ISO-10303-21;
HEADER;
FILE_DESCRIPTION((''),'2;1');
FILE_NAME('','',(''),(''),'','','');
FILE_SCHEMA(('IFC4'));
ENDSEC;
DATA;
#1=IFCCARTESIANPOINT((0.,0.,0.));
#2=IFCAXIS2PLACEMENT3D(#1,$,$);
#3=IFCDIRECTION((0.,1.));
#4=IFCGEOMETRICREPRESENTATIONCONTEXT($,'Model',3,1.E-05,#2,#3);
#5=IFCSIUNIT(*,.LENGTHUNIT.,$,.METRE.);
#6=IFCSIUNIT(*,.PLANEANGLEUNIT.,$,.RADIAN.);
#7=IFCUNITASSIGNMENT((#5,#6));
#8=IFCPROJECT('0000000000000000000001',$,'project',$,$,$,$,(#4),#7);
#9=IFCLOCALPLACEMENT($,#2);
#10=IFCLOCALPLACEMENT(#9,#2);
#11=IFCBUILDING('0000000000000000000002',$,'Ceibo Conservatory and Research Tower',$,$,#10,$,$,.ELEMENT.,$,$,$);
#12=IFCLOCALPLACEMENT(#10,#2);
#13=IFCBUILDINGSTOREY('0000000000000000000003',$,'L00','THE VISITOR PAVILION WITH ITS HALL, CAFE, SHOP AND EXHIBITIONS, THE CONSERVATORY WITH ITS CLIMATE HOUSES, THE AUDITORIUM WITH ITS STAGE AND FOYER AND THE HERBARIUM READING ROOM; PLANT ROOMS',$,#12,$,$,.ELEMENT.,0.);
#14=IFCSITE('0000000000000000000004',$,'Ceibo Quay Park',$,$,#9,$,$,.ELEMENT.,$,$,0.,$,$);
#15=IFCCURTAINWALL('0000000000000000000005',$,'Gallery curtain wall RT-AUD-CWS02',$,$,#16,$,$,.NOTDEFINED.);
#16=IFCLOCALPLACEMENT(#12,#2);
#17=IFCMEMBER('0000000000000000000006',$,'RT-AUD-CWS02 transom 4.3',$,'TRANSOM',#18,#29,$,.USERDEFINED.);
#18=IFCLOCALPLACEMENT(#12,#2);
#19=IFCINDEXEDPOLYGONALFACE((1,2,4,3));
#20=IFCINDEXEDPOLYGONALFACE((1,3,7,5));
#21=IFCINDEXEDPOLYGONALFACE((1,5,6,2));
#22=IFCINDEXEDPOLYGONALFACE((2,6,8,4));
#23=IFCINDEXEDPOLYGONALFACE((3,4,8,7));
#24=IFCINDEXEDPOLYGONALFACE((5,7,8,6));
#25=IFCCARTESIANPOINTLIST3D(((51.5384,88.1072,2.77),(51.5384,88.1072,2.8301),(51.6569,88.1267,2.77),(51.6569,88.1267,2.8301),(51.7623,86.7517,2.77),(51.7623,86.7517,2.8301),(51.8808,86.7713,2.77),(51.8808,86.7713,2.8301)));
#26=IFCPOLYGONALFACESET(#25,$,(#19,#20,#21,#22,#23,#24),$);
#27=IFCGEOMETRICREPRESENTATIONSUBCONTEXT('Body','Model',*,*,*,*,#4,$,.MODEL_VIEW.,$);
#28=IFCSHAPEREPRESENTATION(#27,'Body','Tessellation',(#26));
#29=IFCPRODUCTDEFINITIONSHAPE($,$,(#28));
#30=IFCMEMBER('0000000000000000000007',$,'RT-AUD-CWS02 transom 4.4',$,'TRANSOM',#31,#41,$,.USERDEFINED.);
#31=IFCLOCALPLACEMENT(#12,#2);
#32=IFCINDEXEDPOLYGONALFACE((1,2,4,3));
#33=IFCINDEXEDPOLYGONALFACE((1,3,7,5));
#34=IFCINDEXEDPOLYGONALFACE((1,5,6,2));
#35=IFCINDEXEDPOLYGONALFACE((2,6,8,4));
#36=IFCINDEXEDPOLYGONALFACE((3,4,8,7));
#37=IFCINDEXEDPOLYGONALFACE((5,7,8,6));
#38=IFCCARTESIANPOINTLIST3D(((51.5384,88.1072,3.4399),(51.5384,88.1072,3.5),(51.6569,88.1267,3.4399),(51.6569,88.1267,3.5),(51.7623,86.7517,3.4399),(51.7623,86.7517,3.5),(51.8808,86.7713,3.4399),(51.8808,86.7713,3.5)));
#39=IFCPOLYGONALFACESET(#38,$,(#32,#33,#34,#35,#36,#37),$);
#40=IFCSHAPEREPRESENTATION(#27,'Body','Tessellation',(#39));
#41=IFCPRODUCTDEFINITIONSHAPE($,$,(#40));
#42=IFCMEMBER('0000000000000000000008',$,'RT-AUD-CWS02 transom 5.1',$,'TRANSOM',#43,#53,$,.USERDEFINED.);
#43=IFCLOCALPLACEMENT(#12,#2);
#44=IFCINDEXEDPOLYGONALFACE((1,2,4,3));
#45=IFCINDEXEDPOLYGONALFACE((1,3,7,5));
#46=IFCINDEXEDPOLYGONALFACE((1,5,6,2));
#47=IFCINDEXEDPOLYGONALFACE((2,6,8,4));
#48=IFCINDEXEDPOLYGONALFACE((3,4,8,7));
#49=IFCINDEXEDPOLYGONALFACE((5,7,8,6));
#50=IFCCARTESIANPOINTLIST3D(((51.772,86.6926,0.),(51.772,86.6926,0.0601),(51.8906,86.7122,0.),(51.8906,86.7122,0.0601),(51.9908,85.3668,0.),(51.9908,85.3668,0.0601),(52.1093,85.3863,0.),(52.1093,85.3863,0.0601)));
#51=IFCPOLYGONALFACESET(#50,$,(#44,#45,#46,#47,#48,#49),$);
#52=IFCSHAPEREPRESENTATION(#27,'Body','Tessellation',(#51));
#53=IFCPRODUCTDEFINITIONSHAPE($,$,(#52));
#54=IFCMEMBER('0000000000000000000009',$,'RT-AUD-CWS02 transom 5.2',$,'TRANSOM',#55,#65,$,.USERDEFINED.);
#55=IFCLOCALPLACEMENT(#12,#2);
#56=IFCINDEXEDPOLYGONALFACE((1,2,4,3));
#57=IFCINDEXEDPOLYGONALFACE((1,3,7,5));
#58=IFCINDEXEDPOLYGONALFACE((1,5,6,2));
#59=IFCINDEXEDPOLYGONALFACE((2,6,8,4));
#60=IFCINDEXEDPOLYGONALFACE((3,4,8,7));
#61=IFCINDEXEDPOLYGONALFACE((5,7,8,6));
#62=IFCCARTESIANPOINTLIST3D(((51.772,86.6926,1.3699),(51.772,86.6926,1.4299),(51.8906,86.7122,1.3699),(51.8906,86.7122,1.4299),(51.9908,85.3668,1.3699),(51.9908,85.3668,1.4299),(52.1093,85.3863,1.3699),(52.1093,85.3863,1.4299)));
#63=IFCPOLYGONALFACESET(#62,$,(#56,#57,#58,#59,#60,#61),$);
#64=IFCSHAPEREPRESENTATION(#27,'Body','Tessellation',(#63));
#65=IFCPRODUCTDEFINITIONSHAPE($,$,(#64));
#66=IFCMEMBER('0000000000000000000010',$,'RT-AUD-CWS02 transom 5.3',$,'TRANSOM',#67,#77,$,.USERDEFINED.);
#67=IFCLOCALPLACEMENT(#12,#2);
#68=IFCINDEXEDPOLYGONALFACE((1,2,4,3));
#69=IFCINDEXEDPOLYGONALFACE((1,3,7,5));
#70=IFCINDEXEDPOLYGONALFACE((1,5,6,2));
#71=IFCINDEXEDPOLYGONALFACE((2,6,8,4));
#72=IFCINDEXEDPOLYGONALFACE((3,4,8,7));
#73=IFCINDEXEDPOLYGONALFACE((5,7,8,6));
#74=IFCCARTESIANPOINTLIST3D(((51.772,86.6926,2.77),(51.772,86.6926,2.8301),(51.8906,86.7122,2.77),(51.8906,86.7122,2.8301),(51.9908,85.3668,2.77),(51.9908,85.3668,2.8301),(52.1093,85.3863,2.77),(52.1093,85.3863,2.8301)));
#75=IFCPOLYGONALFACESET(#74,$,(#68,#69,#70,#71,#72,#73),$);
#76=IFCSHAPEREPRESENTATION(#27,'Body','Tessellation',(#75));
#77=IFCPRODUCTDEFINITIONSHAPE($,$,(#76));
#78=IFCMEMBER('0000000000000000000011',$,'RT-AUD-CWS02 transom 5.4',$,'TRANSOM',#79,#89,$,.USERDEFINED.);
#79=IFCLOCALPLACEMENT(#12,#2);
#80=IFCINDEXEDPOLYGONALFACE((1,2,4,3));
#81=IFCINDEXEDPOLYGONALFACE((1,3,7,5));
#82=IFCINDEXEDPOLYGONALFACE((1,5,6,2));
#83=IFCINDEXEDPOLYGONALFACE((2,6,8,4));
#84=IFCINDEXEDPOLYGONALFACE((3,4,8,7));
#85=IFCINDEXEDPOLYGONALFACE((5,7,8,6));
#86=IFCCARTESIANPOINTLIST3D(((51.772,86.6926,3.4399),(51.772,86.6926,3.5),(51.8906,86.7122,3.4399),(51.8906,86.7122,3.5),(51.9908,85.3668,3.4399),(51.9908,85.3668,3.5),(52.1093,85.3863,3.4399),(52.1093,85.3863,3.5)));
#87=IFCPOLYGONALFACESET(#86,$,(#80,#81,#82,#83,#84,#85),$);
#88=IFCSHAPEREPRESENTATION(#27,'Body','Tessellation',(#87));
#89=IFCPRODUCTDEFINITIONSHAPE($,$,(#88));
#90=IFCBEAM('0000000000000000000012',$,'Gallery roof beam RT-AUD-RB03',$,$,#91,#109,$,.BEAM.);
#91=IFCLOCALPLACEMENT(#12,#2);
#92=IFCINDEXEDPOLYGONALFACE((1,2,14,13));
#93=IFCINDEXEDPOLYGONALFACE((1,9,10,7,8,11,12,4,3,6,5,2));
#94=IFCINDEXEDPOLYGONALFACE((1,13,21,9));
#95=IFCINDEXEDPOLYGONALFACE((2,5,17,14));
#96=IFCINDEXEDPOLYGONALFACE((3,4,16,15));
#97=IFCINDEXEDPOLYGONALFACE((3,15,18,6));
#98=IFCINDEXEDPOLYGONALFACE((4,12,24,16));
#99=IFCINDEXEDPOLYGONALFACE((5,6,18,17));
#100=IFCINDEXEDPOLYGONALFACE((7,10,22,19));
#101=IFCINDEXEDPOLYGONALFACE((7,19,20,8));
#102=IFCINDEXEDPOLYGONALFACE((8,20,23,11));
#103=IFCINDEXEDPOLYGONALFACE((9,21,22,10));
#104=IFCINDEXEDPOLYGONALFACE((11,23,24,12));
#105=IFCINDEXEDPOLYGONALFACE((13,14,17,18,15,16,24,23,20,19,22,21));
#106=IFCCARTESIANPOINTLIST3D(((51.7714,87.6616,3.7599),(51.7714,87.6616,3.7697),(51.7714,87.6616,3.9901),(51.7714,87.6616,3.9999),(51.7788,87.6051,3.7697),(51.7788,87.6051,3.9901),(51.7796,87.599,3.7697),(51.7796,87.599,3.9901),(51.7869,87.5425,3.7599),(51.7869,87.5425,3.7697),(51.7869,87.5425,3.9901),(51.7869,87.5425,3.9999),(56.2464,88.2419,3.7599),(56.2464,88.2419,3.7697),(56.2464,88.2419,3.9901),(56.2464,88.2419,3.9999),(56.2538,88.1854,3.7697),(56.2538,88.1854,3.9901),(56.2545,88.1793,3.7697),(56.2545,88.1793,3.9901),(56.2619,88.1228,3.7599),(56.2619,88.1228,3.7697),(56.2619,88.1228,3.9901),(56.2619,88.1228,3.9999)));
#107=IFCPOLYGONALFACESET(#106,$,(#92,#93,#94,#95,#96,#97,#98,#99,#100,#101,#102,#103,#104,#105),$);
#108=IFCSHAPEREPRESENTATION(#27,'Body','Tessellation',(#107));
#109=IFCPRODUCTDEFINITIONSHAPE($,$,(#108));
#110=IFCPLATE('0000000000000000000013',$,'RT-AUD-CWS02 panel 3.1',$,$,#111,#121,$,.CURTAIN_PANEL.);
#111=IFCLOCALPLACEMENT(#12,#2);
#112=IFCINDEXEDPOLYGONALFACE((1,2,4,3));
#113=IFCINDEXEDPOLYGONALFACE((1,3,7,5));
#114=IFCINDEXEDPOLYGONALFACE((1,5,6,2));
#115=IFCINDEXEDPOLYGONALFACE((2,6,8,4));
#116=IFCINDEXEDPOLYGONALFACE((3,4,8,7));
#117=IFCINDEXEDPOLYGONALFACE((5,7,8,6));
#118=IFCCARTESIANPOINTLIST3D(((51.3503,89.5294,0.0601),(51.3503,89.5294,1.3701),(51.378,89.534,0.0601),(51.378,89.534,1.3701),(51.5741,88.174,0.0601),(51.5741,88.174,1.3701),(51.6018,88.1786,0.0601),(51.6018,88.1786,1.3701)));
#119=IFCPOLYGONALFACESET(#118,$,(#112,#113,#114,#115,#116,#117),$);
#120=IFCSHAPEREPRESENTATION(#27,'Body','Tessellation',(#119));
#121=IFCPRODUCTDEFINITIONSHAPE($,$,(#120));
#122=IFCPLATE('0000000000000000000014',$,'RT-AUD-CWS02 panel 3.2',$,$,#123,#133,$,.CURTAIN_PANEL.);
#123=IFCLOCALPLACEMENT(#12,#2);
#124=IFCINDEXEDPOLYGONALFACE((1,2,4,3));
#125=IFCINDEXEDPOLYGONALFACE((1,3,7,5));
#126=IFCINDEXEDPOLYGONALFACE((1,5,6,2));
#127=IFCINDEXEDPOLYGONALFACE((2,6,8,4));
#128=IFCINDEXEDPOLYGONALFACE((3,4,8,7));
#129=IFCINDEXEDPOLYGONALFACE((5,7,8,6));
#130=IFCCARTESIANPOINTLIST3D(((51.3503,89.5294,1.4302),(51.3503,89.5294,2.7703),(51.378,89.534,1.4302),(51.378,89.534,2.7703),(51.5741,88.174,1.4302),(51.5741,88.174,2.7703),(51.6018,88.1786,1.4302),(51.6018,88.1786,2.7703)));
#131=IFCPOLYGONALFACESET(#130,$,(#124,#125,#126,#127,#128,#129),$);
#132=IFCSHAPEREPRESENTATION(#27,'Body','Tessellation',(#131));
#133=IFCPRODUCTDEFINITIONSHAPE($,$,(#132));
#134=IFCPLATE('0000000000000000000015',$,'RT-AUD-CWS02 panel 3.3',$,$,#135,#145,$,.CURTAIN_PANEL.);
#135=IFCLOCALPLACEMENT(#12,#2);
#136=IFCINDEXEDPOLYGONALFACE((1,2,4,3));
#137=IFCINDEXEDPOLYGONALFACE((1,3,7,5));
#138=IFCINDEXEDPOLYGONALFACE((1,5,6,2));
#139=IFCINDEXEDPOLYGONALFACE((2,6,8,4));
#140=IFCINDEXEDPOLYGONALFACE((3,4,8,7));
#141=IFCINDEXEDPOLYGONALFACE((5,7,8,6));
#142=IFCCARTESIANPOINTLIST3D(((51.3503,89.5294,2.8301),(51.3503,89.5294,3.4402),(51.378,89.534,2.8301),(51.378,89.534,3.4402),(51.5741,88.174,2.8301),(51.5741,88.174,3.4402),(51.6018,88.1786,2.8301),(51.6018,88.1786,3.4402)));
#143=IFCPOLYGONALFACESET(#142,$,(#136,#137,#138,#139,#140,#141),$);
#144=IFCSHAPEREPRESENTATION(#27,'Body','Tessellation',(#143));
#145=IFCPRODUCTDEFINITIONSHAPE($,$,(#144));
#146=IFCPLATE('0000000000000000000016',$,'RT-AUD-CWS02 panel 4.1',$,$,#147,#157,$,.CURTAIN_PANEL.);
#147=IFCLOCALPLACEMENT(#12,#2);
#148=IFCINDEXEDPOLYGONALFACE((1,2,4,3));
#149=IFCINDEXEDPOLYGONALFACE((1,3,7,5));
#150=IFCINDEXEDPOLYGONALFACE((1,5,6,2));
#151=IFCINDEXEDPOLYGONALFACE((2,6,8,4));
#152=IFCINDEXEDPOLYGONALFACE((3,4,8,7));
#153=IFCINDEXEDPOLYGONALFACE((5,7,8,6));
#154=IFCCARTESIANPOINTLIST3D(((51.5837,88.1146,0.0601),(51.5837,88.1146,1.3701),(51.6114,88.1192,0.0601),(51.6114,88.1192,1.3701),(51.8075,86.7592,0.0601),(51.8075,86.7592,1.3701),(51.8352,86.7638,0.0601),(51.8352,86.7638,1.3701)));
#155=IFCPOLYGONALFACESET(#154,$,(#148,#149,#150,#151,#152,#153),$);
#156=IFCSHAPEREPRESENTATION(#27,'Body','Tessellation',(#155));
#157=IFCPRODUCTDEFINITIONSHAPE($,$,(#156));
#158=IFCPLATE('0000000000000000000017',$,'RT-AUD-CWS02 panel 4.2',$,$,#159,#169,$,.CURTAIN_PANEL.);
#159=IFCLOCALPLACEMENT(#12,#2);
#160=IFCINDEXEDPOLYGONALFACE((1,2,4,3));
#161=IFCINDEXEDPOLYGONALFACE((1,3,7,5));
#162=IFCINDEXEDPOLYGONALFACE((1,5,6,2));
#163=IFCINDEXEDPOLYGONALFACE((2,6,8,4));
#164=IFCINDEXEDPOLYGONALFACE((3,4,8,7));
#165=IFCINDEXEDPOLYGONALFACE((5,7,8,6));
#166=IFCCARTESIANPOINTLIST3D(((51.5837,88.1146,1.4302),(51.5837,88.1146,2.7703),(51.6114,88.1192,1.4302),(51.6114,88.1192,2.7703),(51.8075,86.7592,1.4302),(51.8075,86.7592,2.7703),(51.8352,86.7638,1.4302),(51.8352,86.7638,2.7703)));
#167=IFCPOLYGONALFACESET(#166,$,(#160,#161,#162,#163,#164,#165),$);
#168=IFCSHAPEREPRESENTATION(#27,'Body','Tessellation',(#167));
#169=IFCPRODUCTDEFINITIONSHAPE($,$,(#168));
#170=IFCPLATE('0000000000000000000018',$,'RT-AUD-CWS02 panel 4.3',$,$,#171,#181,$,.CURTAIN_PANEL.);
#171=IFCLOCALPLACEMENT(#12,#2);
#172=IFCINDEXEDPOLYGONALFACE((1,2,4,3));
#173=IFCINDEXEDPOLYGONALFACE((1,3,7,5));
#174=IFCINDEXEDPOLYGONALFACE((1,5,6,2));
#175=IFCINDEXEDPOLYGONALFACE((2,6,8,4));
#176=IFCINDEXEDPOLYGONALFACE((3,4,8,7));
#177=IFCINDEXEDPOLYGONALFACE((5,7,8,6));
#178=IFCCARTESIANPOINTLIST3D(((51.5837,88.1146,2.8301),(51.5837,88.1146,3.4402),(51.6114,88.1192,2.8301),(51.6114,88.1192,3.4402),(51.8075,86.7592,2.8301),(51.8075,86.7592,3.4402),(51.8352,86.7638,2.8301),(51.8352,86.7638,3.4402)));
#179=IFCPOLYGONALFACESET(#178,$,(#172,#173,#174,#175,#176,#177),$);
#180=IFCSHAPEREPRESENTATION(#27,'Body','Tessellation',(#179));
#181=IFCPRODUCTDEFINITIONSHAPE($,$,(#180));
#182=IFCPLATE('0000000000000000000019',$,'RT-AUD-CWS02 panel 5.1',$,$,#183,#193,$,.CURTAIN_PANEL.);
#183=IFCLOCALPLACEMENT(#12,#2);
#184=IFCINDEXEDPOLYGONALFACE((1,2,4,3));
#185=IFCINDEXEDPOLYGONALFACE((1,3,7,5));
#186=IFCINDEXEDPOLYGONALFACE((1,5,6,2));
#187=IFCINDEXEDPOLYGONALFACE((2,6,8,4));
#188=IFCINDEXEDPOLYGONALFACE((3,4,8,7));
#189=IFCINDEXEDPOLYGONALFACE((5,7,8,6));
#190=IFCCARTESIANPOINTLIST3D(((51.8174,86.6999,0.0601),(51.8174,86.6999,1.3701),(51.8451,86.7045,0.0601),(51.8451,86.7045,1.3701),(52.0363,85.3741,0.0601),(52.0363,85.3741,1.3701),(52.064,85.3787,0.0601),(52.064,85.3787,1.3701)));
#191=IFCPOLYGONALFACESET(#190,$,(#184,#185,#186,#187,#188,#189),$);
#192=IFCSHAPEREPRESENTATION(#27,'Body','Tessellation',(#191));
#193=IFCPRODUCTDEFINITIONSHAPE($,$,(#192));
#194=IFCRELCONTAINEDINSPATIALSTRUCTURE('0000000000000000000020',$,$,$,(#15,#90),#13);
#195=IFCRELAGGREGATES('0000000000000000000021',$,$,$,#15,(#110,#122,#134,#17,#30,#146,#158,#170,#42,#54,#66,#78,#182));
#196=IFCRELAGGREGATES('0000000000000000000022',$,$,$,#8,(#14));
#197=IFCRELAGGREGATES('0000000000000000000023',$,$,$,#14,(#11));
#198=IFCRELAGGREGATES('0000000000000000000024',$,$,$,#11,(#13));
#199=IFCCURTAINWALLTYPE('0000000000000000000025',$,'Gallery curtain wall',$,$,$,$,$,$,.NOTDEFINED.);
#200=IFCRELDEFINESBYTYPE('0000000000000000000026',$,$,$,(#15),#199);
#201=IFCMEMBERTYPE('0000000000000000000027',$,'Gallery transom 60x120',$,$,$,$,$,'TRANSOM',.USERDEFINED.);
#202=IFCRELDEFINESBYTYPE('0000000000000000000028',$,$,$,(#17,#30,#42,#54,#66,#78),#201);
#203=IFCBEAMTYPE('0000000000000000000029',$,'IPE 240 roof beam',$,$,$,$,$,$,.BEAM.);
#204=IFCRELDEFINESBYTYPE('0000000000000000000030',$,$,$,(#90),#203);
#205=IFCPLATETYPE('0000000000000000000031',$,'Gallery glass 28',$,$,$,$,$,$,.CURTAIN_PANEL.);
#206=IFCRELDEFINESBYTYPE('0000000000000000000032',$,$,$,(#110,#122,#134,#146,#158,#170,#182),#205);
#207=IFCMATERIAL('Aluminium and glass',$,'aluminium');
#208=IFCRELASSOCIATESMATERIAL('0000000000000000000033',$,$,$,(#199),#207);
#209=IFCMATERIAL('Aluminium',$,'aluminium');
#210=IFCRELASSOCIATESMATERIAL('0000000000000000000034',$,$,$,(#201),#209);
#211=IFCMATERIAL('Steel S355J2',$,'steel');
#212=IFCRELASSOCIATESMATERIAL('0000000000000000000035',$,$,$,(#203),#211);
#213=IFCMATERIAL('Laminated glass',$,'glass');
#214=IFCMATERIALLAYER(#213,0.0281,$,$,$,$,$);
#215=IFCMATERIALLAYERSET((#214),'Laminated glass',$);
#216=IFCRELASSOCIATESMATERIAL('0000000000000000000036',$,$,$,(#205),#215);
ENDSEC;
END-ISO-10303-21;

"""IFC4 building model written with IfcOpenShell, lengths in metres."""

from ifc_helpers import new_model, si_unit, direction, frame, origin, origin_2d, place, context, subcontext, project, spatial, rectangle, i_section, extrude, material, layer, layer_set, material_profile, profile_set, type_object, element, aggregate, save


model = new_model("IFC4")

# Units and contexts
model_context = context("Model", 3, precision=1e-05, world=origin(), true_north=direction((0.0, 1.0)))
body_context = subcontext(model_context, "Body", "Model", "MODEL_VIEW")
ifc_project = project(units=[si_unit("LENGTHUNIT", "METRE"), si_unit("PLANEANGLEUNIT", "RADIAN")], contexts=[model_context])

# Site, building, storey
site_placement = place(None, origin())
site = spatial("IfcSite", under=ifc_project, at=site_placement, Name="Ceibo Quay Park", CompositionType="ELEMENT", RefElevation=0.0)
building_placement = place(site_placement, origin())
building = spatial("IfcBuilding", under=site, at=building_placement, Name="Ceibo Conservatory and Research Tower", CompositionType="ELEMENT")
storey_placement = place(building_placement, origin())
storey = spatial("IfcBuildingStorey", under=building, at=storey_placement, Name="L00", Description="THE VISITOR PAVILION WITH ITS HALL, CAFE, SHOP AND EXHIBITIONS, THE CONSERVATORY WITH ITS CLIMATE HOUSES, THE AUDITORIUM WITH ITS STAGE AND FOYER AND THE HERBARIUM READING ROOM; PLANT ROOMS", CompositionType="ELEMENT", Elevation=0.0)

# Shared definitions
ifc_material_1 = material(Name="Aluminium and glass", Category="aluminium")
curtain_wall_type = type_object("IfcCurtainWallType", Name="Gallery curtain wall", PredefinedType="NOTDEFINED", material=ifc_material_1)
ifc_material_2 = material(Name="Aluminium", Category="aluminium")

# Curtain wall
curtain_wall_1_placement = place(storey_placement, origin())
curtain_wall_1 = element("IfcCurtainWall", 1, at=curtain_wall_1_placement, inside=storey, type_object=curtain_wall_type, Name="Gallery curtain wall RT-AUD-CWS02", PredefinedType="NOTDEFINED")

# Members
ifc_material_profile_1 = material_profile(ifc_material_2, rectangle(XDim=0.1201, YDim=0.0601, at=origin_2d()), Name="AL 60x120")
ifc_profile_set_1 = profile_set([ifc_material_profile_1], Name="Aluminium")
member_type_1 = type_object("IfcMemberType", Name="Gallery transom 60x120", ElementType="TRANSOM", PredefinedType="USERDEFINED", material=ifc_profile_set_1)
member_1_placement = place(storey_placement, frame((51.5977, 88.1169, 2.8), z_axis=(0.162958, -0.986633, 0.0), x_axis=(0.986633, 0.162958, 0.0)))
member_1 = element("IfcMember", 2, at=member_1_placement, type_object=member_type_1, Name="RT-AUD-CWS02 transom 4.3", ObjectType="TRANSOM", PredefinedType="USERDEFINED", context=body_context, shape_type="SweptSolid", body=[
    extrude(rectangle(XDim=0.1201, YDim=0.0601, at=origin_2d()), origin(), (0.0, 0.0, 1.0), 1.3738),
])
member_2_placement = place(storey_placement, frame((51.5977, 88.1169, 3.47), z_axis=(0.162958, -0.986633, 0.0), x_axis=(0.986633, 0.162958, 0.0)))
member_2 = element("IfcMember", 3, at=member_2_placement, type_object=member_type_1, Name="RT-AUD-CWS02 transom 4.4", ObjectType="TRANSOM", PredefinedType="USERDEFINED", context=body_context, shape_type="SweptSolid", body=[
    extrude(rectangle(XDim=0.1201, YDim=0.0601, at=origin_2d()), origin(), (0.0, 0.0, 1.0), 1.3738),
])
member_3_placement = place(storey_placement, frame((51.8313, 86.7024, 0.03), z_axis=(0.162778, -0.986663, 0.0), x_axis=(0.986663, 0.162778, 0.0)))
member_3 = element("IfcMember", 4, at=member_3_placement, type_object=member_type_1, Name="RT-AUD-CWS02 transom 5.1", ObjectType="TRANSOM", PredefinedType="USERDEFINED", context=body_context, shape_type="SweptSolid", body=[
    extrude(rectangle(XDim=0.1201, YDim=0.0601, at=origin_2d()), origin(), (0.0, 0.0, 1.0), 1.3438),
])
member_4_placement = place(storey_placement, frame((51.8313, 86.7024, 1.3999), z_axis=(0.162778, -0.986663, 0.0), x_axis=(0.986663, 0.162778, 0.0)))
member_4 = element("IfcMember", 5, at=member_4_placement, type_object=member_type_1, Name="RT-AUD-CWS02 transom 5.2", ObjectType="TRANSOM", PredefinedType="USERDEFINED", context=body_context, shape_type="SweptSolid", body=[
    extrude(rectangle(XDim=0.1201, YDim=0.0601, at=origin_2d()), origin(), (0.0, 0.0, 1.0), 1.3438),
])
member_5_placement = place(storey_placement, frame((51.8313, 86.7024, 2.8), z_axis=(0.162778, -0.986663, 0.0), x_axis=(0.986663, 0.162778, 0.0)))
member_5 = element("IfcMember", 6, at=member_5_placement, type_object=member_type_1, Name="RT-AUD-CWS02 transom 5.3", ObjectType="TRANSOM", PredefinedType="USERDEFINED", context=body_context, shape_type="SweptSolid", body=[
    extrude(rectangle(XDim=0.1201, YDim=0.0601, at=origin_2d()), origin(), (0.0, 0.0, 1.0), 1.3438),
])
member_6_placement = place(storey_placement, frame((51.8313, 86.7024, 3.47), z_axis=(0.162778, -0.986663, 0.0), x_axis=(0.986663, 0.162778, 0.0)))
member_6 = element("IfcMember", 7, at=member_6_placement, type_object=member_type_1, Name="RT-AUD-CWS02 transom 5.4", ObjectType="TRANSOM", PredefinedType="USERDEFINED", context=body_context, shape_type="SweptSolid", body=[
    extrude(rectangle(XDim=0.1201, YDim=0.0601, at=origin_2d()), origin(), (0.0, 0.0, 1.0), 1.3438),
])

# Beam
ifc_material_3 = material(Name="Steel S355J2", Category="steel")
ifc_material_profile_2 = material_profile(ifc_material_3, i_section(OverallWidth=0.1201, OverallDepth=0.24, WebThickness=0.0061, FlangeThickness=0.0098, at=origin_2d()), Name="IPE 240")
ifc_profile_set_2 = profile_set([ifc_material_profile_2], Name="Steel S355J2")
beam_type = type_object("IfcBeamType", Name="IPE 240 roof beam", PredefinedType="BEAM", material=ifc_profile_set_2)
beam_placement = place(storey_placement, frame((56.2542, 88.1824, 3.8799), z_axis=(-0.991696, -0.128601, 0.0), x_axis=(0.128601, -0.991696, 0.0)))
element("IfcBeam", 8, at=beam_placement, inside=storey, type_object=beam_type, Name="Gallery roof beam RT-AUD-RB03", PredefinedType="BEAM", context=body_context, shape_type="SweptSolid", body=[
    extrude(i_section(OverallWidth=0.1201, OverallDepth=0.24, WebThickness=0.0061, FlangeThickness=0.0098, at=origin_2d()), origin(), (0.0, 0.0, 1.0), 4.5125),
])

# Plates
ifc_material_4 = material(Name="Laminated glass", Category="glass")
ifc_layer_1 = layer(ifc_material_4, 0.0281)
ifc_layer_set_1 = layer_set([ifc_layer_1], Name="Laminated glass")
plate_type = type_object("IfcPlateType", Name="Gallery glass 28", PredefinedType="CURTAIN_PANEL", material=ifc_layer_set_1)
plate_1_placement = place(storey_placement, frame((51.4761, 88.854, 0.0601), z_axis=(0.0, 0.0, 1.0), x_axis=(0.162895, -0.986643, 0.0)))
plate_1 = element("IfcPlate", 9, at=plate_1_placement, type_object=plate_type, Name="RT-AUD-CWS02 panel 3.1", PredefinedType="CURTAIN_PANEL", context=body_context, shape_type="SweptSolid", body=[
    extrude(rectangle(XDim=1.3738, YDim=0.0281, at=origin_2d()), origin(), (0.0, 0.0, 1.0), 1.3101),
])
plate_2_placement = place(storey_placement, frame((51.4761, 88.854, 1.4302), z_axis=(0.0, 0.0, 1.0), x_axis=(0.162895, -0.986643, 0.0)))
plate_2 = element("IfcPlate", 10, at=plate_2_placement, type_object=plate_type, Name="RT-AUD-CWS02 panel 3.2", PredefinedType="CURTAIN_PANEL", context=body_context, shape_type="SweptSolid", body=[
    extrude(rectangle(XDim=1.3738, YDim=0.0281, at=origin_2d()), origin(), (0.0, 0.0, 1.0), 1.3401),
])
plate_3_placement = place(storey_placement, frame((51.4761, 88.854, 2.8301), z_axis=(0.0, 0.0, 1.0), x_axis=(0.162895, -0.986643, 0.0)))
plate_3 = element("IfcPlate", 11, at=plate_3_placement, type_object=plate_type, Name="RT-AUD-CWS02 panel 3.3", PredefinedType="CURTAIN_PANEL", context=body_context, shape_type="SweptSolid", body=[
    extrude(rectangle(XDim=1.3738, YDim=0.0281, at=origin_2d()), origin(), (0.0, 0.0, 1.0), 0.6101),
])
plate_4_placement = place(storey_placement, frame((51.7095, 87.4392, 0.0601), z_axis=(0.0, 0.0, 1.0), x_axis=(0.162895, -0.986643, 0.0)))
plate_4 = element("IfcPlate", 12, at=plate_4_placement, type_object=plate_type, Name="RT-AUD-CWS02 panel 4.1", PredefinedType="CURTAIN_PANEL", context=body_context, shape_type="SweptSolid", body=[
    extrude(rectangle(XDim=1.3738, YDim=0.0281, at=origin_2d()), origin(), (0.0, 0.0, 1.0), 1.3101),
])
plate_5_placement = place(storey_placement, frame((51.7095, 87.4392, 1.4302), z_axis=(0.0, 0.0, 1.0), x_axis=(0.162895, -0.986643, 0.0)))
plate_5 = element("IfcPlate", 13, at=plate_5_placement, type_object=plate_type, Name="RT-AUD-CWS02 panel 4.2", PredefinedType="CURTAIN_PANEL", context=body_context, shape_type="SweptSolid", body=[
    extrude(rectangle(XDim=1.3738, YDim=0.0281, at=origin_2d()), origin(), (0.0, 0.0, 1.0), 1.3401),
])
plate_6_placement = place(storey_placement, frame((51.7095, 87.4392, 2.8301), z_axis=(0.0, 0.0, 1.0), x_axis=(0.162895, -0.986643, 0.0)))
plate_6 = element("IfcPlate", 14, at=plate_6_placement, type_object=plate_type, Name="RT-AUD-CWS02 panel 4.3", PredefinedType="CURTAIN_PANEL", context=body_context, shape_type="SweptSolid", body=[
    extrude(rectangle(XDim=1.3738, YDim=0.0281, at=origin_2d()), origin(), (0.0, 0.0, 1.0), 0.6101),
])
plate_7_placement = place(storey_placement, frame((51.9407, 86.0393, 0.0601), z_axis=(0.0, 0.0, 1.0), x_axis=(0.162895, -0.986643, 0.0)))
plate_7 = element("IfcPlate", 15, at=plate_7_placement, type_object=plate_type, Name="RT-AUD-CWS02 panel 5.1", PredefinedType="CURTAIN_PANEL", context=body_context, shape_type="SweptSolid", body=[
    extrude(rectangle(XDim=1.3438, YDim=0.0281, at=origin_2d()), origin(), (0.0, 0.0, 1.0), 1.3101),
])
aggregate(curtain_wall_1, [plate_1, plate_2, plate_3, member_1, member_2, plate_4, plate_5, plate_6, member_3, member_4, member_5, member_6, plate_7])

save(model, "model.ifc")
